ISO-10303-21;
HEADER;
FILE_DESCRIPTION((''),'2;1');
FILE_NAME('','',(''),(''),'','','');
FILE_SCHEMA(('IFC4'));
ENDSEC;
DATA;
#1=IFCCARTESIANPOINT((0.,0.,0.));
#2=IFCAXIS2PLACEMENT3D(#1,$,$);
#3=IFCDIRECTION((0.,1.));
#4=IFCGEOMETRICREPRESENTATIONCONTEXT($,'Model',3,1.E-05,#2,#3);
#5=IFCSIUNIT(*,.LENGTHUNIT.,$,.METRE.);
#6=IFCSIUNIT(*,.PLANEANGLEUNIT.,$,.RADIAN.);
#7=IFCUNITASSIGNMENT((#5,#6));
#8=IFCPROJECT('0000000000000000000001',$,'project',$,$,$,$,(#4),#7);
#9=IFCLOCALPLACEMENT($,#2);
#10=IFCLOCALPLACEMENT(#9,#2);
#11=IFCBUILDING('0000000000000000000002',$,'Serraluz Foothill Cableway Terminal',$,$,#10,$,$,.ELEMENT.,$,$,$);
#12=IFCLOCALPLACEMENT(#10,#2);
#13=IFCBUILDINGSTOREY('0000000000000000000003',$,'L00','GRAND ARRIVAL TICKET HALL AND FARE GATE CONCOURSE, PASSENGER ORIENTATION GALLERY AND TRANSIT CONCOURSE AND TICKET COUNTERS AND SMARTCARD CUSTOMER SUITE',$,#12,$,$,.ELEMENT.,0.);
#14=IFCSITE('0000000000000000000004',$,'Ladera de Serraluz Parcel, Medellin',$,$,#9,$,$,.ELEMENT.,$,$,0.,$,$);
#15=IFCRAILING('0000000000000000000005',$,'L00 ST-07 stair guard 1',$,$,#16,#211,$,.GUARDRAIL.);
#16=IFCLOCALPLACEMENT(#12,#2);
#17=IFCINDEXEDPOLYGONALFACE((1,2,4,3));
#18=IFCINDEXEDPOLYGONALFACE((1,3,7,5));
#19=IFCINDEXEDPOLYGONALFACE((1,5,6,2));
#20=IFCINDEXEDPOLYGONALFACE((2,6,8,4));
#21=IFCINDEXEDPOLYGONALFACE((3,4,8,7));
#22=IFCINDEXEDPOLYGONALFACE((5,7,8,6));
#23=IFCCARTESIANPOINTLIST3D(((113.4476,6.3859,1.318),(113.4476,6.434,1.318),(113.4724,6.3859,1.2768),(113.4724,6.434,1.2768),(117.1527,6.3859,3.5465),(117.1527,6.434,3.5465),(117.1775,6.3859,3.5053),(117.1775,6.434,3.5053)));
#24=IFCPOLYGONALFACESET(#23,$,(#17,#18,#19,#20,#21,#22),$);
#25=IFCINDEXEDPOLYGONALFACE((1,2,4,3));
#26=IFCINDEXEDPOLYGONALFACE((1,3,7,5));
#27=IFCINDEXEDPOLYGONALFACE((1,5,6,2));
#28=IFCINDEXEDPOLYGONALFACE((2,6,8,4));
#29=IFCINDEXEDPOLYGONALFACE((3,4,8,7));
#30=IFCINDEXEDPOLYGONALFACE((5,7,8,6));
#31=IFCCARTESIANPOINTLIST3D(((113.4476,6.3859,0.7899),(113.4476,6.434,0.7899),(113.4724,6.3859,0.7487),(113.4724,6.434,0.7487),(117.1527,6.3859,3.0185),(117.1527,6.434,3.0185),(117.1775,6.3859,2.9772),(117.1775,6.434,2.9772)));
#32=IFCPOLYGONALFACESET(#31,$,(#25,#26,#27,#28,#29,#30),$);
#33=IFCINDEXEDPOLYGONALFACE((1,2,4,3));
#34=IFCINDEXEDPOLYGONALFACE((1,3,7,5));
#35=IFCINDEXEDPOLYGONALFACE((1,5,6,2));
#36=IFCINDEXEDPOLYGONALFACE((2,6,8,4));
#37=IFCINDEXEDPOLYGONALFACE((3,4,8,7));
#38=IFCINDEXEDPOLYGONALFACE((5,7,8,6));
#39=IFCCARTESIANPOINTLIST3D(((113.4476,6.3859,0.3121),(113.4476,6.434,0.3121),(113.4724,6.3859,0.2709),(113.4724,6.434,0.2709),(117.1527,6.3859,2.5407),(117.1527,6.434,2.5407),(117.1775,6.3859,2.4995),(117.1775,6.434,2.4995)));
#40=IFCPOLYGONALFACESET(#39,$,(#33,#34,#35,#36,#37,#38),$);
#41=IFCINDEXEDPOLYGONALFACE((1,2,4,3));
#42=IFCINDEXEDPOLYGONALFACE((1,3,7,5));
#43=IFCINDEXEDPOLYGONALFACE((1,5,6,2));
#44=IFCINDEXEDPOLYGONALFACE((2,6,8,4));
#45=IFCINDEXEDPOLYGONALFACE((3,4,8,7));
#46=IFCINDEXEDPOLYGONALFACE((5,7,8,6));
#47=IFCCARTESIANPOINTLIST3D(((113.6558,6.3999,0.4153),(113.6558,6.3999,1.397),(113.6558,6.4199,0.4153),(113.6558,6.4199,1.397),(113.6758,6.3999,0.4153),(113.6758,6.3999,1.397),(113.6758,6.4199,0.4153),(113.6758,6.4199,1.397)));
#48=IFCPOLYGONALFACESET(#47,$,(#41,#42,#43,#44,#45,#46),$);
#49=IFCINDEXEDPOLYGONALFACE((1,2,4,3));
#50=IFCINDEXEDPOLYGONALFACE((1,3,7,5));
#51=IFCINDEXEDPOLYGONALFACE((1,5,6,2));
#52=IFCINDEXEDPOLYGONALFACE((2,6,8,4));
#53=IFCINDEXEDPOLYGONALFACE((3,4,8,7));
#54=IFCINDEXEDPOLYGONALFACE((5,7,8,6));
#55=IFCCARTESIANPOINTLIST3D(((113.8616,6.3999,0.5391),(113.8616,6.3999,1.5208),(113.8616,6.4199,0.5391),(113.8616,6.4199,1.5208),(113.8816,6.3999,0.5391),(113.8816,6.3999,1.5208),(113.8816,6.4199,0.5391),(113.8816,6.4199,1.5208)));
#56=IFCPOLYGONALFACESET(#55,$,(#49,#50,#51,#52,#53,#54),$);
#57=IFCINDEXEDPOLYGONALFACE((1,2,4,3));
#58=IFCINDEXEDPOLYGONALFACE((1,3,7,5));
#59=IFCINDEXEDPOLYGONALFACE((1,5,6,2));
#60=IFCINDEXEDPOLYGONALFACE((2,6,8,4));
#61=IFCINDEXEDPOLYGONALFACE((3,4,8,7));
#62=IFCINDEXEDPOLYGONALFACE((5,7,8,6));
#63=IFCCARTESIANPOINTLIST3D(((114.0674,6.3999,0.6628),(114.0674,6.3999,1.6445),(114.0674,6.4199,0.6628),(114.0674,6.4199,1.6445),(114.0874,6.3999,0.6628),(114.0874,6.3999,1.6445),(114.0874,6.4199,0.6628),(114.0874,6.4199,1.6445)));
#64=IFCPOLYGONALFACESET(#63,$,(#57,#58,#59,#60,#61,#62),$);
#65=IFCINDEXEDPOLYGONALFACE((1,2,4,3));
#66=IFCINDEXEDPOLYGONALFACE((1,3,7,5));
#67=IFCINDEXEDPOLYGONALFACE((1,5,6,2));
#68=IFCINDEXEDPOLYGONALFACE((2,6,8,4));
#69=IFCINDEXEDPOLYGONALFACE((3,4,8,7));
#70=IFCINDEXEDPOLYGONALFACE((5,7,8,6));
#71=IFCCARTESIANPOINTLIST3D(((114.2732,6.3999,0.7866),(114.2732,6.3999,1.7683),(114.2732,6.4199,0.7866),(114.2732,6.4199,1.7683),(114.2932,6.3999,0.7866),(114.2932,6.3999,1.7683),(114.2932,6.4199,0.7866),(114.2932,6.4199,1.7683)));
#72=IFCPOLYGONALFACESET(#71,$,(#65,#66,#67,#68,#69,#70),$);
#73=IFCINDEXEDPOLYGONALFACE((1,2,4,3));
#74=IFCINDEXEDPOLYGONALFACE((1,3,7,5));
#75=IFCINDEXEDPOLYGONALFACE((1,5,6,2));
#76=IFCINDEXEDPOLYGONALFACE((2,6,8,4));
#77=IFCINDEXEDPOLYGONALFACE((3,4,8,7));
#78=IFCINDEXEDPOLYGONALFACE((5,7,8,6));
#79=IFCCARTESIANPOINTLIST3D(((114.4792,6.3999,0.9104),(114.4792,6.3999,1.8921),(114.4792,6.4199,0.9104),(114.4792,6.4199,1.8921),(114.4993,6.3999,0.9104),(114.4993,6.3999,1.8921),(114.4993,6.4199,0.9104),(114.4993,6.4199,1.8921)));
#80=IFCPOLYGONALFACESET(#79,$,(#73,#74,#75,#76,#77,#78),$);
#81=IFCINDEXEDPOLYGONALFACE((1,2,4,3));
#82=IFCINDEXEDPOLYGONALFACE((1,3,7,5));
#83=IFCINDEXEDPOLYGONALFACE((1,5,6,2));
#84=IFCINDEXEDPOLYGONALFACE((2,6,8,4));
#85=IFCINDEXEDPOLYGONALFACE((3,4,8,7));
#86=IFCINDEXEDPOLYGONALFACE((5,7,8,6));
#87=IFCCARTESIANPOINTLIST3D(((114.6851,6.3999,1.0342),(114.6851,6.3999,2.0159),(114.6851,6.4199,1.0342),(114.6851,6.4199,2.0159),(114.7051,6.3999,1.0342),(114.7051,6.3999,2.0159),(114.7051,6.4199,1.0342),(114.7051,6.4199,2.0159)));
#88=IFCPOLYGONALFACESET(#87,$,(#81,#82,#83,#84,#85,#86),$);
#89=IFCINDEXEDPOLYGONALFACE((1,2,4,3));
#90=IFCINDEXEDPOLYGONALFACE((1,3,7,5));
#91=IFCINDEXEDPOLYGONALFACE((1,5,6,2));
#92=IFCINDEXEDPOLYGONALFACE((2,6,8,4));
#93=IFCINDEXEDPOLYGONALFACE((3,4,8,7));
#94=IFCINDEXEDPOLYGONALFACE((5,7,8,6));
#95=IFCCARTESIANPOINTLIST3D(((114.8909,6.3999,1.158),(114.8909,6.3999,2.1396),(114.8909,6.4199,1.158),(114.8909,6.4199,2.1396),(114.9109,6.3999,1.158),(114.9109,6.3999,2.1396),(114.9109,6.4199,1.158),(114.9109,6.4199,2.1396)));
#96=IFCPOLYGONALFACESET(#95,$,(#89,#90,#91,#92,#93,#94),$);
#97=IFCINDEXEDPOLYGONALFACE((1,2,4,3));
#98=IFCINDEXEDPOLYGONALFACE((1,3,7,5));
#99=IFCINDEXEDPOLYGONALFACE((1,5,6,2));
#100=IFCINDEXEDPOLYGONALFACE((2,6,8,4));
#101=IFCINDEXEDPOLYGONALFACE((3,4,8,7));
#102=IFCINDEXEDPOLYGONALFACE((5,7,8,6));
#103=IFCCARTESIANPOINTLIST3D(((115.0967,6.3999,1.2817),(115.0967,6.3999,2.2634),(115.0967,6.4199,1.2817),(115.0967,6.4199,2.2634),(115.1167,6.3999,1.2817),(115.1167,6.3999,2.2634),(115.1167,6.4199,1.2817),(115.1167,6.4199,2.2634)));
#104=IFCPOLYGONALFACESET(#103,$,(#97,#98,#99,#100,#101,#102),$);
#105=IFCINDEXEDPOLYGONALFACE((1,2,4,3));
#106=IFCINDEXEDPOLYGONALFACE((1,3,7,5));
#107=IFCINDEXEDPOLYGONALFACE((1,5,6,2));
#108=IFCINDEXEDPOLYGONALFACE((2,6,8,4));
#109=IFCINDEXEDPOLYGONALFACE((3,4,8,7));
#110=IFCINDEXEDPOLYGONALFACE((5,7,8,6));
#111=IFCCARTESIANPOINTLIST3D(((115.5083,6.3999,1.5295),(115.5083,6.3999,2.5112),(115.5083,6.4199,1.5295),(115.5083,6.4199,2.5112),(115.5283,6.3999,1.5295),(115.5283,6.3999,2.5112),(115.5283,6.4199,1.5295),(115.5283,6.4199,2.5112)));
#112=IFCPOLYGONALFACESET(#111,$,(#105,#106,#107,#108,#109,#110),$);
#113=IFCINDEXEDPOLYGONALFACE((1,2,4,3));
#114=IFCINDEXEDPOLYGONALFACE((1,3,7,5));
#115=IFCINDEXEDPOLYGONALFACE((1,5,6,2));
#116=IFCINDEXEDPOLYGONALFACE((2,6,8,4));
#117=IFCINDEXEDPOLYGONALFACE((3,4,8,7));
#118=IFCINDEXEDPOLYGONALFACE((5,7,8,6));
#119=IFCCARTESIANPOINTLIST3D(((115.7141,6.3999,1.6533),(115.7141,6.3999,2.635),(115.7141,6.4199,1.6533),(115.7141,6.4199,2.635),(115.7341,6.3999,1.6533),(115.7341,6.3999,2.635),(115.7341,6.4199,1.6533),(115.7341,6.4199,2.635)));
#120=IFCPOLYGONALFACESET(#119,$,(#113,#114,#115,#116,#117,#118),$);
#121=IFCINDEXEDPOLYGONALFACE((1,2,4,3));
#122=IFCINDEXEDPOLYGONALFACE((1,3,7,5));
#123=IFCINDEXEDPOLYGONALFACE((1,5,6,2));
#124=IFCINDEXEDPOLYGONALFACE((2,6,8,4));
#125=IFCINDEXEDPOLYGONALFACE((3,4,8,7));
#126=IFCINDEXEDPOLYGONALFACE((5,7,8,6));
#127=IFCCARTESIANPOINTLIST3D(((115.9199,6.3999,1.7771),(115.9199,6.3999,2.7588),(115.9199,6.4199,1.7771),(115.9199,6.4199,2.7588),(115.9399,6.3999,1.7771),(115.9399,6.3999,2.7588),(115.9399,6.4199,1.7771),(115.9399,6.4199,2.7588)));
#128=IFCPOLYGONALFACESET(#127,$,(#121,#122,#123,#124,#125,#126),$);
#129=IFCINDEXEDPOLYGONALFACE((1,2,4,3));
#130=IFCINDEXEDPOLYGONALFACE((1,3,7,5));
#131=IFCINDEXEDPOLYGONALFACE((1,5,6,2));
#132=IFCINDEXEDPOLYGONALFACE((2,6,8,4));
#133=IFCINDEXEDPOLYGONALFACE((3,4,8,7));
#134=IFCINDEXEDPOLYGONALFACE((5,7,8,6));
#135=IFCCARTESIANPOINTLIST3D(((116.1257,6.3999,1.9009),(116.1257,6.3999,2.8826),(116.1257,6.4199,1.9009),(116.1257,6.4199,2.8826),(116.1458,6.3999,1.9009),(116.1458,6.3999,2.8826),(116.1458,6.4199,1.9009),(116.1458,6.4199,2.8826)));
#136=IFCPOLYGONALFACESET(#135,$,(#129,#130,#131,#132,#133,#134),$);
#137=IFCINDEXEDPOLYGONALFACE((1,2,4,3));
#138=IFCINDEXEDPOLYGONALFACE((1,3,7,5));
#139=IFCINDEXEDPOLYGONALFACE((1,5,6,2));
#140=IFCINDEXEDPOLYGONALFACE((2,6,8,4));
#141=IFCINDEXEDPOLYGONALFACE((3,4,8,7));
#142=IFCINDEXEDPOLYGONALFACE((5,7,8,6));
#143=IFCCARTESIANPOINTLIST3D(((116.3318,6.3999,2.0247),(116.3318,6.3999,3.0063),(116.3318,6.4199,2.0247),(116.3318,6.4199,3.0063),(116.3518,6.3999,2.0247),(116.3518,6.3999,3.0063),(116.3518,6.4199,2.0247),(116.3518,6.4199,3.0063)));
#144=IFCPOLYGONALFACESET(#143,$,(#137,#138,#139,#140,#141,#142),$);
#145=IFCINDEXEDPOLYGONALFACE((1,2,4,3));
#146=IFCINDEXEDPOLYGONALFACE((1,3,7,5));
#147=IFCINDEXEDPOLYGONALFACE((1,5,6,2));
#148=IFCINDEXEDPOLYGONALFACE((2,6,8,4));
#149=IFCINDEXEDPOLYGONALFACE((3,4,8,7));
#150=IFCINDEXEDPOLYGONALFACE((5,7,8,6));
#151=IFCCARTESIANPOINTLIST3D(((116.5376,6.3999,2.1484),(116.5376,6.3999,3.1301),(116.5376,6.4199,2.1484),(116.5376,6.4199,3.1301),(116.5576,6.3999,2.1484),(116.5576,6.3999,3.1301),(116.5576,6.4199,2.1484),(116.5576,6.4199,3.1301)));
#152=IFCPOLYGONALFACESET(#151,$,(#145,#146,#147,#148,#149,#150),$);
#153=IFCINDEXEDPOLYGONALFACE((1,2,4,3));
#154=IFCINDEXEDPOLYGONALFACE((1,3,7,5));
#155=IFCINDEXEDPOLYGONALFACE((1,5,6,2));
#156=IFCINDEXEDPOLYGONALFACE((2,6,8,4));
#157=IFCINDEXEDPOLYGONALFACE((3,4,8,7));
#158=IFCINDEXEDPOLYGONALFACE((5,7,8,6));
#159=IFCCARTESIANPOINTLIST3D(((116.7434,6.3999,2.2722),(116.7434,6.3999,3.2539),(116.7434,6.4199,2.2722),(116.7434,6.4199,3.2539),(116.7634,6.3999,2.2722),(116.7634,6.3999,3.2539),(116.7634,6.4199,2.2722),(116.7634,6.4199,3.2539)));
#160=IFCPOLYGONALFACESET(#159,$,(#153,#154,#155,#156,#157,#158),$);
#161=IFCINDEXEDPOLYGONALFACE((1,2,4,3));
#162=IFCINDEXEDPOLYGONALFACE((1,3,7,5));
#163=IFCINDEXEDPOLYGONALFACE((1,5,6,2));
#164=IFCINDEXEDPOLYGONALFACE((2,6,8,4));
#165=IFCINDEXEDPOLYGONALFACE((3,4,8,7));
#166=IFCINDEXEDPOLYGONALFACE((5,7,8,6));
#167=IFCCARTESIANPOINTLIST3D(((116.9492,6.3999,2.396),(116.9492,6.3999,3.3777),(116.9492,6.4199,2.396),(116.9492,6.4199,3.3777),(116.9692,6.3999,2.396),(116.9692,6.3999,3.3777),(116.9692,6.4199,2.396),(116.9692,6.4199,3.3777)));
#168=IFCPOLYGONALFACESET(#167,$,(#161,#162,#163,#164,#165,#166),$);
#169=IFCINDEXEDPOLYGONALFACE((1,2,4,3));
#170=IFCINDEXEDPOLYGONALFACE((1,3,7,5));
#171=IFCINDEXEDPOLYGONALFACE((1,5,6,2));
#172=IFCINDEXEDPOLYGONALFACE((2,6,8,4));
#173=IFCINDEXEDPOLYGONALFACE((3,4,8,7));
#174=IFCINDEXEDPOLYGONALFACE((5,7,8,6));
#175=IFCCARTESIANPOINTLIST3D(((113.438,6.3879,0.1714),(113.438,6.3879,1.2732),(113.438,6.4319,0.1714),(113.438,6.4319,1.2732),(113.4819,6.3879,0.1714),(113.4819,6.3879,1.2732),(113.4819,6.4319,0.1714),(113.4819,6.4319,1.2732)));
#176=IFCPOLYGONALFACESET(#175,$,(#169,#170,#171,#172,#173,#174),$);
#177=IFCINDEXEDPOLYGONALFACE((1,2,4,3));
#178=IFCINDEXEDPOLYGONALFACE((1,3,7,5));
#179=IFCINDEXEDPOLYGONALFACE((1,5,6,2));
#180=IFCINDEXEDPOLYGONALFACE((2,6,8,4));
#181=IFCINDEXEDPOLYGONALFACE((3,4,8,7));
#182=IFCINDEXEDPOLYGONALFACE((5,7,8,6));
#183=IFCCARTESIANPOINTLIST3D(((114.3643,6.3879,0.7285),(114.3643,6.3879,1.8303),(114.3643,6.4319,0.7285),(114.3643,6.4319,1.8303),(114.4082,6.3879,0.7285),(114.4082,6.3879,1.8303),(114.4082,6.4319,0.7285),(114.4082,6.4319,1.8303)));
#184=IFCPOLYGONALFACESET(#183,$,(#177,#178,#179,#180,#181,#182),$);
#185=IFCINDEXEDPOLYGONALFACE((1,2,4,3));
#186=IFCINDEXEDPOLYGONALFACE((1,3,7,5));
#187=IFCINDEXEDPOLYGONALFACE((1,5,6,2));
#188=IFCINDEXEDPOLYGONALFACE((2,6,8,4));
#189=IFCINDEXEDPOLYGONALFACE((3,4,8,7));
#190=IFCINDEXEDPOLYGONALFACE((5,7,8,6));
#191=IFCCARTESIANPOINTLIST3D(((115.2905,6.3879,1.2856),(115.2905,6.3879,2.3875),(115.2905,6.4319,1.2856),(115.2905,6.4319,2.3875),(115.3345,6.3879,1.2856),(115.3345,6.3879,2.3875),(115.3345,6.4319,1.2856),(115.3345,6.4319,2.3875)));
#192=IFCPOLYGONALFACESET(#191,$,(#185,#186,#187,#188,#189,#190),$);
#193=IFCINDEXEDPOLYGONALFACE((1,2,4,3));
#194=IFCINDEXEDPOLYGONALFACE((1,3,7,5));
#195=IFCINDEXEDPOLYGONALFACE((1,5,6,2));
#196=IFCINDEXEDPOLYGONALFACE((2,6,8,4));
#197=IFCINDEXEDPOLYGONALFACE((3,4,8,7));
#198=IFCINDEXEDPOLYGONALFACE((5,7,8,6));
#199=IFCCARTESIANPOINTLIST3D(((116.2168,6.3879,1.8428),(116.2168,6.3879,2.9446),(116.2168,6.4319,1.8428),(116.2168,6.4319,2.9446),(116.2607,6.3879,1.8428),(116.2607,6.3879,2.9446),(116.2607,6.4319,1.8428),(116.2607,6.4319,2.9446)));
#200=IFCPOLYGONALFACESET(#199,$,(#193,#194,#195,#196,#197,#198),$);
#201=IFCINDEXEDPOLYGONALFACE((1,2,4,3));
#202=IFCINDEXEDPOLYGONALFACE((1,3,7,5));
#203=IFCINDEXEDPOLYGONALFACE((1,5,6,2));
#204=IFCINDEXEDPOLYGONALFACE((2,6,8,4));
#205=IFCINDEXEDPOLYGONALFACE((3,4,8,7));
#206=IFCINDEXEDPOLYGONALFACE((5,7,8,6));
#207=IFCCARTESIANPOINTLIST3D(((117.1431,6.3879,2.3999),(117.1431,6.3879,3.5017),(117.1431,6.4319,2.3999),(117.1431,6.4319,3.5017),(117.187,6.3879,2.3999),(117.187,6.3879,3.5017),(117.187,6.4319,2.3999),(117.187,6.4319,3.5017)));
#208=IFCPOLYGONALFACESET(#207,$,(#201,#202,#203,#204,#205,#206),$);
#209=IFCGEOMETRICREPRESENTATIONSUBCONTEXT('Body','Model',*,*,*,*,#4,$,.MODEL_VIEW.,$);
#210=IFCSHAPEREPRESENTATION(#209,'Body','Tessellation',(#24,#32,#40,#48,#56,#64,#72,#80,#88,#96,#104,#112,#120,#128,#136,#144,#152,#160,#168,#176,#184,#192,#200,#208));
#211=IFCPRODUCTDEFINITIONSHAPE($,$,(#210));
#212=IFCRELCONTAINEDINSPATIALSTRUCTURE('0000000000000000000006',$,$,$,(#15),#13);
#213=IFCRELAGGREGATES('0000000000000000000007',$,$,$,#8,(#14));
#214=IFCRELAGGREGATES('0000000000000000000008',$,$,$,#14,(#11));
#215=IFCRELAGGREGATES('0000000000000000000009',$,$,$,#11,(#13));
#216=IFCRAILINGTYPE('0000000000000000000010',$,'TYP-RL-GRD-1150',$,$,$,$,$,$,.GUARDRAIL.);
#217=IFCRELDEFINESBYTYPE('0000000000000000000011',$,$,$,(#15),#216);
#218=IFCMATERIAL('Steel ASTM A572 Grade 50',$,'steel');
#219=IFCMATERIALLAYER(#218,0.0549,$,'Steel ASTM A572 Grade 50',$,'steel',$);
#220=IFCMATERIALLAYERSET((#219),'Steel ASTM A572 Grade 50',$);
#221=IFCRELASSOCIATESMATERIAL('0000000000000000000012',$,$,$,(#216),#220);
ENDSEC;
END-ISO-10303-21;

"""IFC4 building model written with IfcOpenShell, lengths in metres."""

from ifc_helpers import new_model, si_unit, direction, frame, origin, origin_2d, place, context, subcontext, project, spatial, rectangle, extrude, material, layer, layer_set, type_object, element, save


model = new_model("IFC4")

# Units and contexts
model_context = context("Model", 3, precision=1e-05, world=origin(), true_north=direction((0.0, 1.0)))
body_context = subcontext(model_context, "Body", "Model", "MODEL_VIEW")
ifc_project = project(units=[si_unit("LENGTHUNIT", "METRE"), si_unit("PLANEANGLEUNIT", "RADIAN")], contexts=[model_context])

# Site, building, storey
site_placement = place(None, origin())
site = spatial("IfcSite", under=ifc_project, at=site_placement, Name="Ladera de Serraluz Parcel, Medellin", CompositionType="ELEMENT", RefElevation=0.0)
building_placement = place(site_placement, origin())
building = spatial("IfcBuilding", under=site, at=building_placement, Name="Serraluz Foothill Cableway Terminal", CompositionType="ELEMENT")
storey_placement = place(building_placement, origin())
storey = spatial("IfcBuildingStorey", under=building, at=storey_placement, Name="L00", Description="GRAND ARRIVAL TICKET HALL AND FARE GATE CONCOURSE, PASSENGER ORIENTATION GALLERY AND TRANSIT CONCOURSE AND TICKET COUNTERS AND SMARTCARD CUSTOMER SUITE", CompositionType="ELEMENT", Elevation=0.0)

# Railing
ifc_material_1 = material(Name="Steel ASTM A572 Grade 50", Category="steel")
ifc_layer_1 = layer(ifc_material_1, 0.0549, Name="Steel ASTM A572 Grade 50", Category="steel")
ifc_layer_set_1 = layer_set([ifc_layer_1], Name="Steel ASTM A572 Grade 50")
railing_type_1 = type_object("IfcRailingType", Name="TYP-RL-GRD-1150", PredefinedType="GUARDRAIL", material=ifc_layer_set_1)
railing_1_placement = place(storey_placement, frame((113.46, 6.4099, 0.1714)))
element("IfcRailing", 1, at=railing_1_placement, inside=storey, type_object=railing_type_1, Name="L00 ST-07 stair guard 1", PredefinedType="GUARDRAIL", context=body_context, shape_type="SweptSolid", body=[
    extrude(rectangle(XDim=0.0481, YDim=0.0481, at=origin_2d()), frame((0.0, 0.0, 1.126), z_axis=(0.856934, 0.0, 0.515425), x_axis=(0.0, 1.0, 0.0)), (0.0, 0.0, 1.0), 4.3237),
    extrude(rectangle(XDim=0.0481, YDim=0.0481, at=origin_2d()), frame((0.0, 0.0, 0.5979), z_axis=(0.856934, 0.0, 0.515425), x_axis=(0.0, 1.0, 0.0)), (0.0, 0.0, 1.0), 4.3237),
    extrude(rectangle(XDim=0.0481, YDim=0.0481, at=origin_2d()), frame((0.0, 0.0, 0.1201), z_axis=(0.856934, 0.0, 0.515425), x_axis=(0.0, 1.0, 0.0)), (0.0, 0.0, 1.0), 4.3237),
    extrude(rectangle(XDim=0.02, YDim=0.02, at=origin_2d()), frame((0.2058, 0.0, 0.2439)), (0.0, 0.0, 1.0), 0.9817),
    extrude(rectangle(XDim=0.02, YDim=0.02, at=origin_2d()), frame((0.4116, 0.0, 0.3677)), (0.0, 0.0, 1.0), 0.9817),
    extrude(rectangle(XDim=0.02, YDim=0.02, at=origin_2d()), frame((0.6174, 0.0, 0.4915)), (0.0, 0.0, 1.0), 0.9817),
    extrude(rectangle(XDim=0.02, YDim=0.02, at=origin_2d()), frame((0.8232, 0.0, 0.6152)), (0.0, 0.0, 1.0), 0.9817),
    extrude(rectangle(XDim=0.02, YDim=0.02, at=origin_2d()), frame((1.0293, 0.0, 0.739)), (0.0, 0.0, 1.0), 0.9817),
    extrude(rectangle(XDim=0.02, YDim=0.02, at=origin_2d()), frame((1.2351, 0.0, 0.8628)), (0.0, 0.0, 1.0), 0.9817),
    extrude(rectangle(XDim=0.02, YDim=0.02, at=origin_2d()), frame((1.4409, 0.0, 0.9866)), (0.0, 0.0, 1.0), 0.9817),
    extrude(rectangle(XDim=0.02, YDim=0.02, at=origin_2d()), frame((1.6467, 0.0, 1.1104)), (0.0, 0.0, 1.0), 0.9817),
    extrude(rectangle(XDim=0.02, YDim=0.02, at=origin_2d()), frame((2.0583, 0.0, 1.3582)), (0.0, 0.0, 1.0), 0.9817),
    extrude(rectangle(XDim=0.02, YDim=0.02, at=origin_2d()), frame((2.2642, 0.0, 1.4819)), (0.0, 0.0, 1.0), 0.9817),
    extrude(rectangle(XDim=0.02, YDim=0.02, at=origin_2d()), frame((2.47, 0.0, 1.6057)), (0.0, 0.0, 1.0), 0.9817),
    extrude(rectangle(XDim=0.02, YDim=0.02, at=origin_2d()), frame((2.6758, 0.0, 1.7295)), (0.0, 0.0, 1.0), 0.9817),
    extrude(rectangle(XDim=0.02, YDim=0.02, at=origin_2d()), frame((2.8818, 0.0, 1.8533)), (0.0, 0.0, 1.0), 0.9817),
    extrude(rectangle(XDim=0.02, YDim=0.02, at=origin_2d()), frame((3.0876, 0.0, 1.9771)), (0.0, 0.0, 1.0), 0.9817),
    extrude(rectangle(XDim=0.02, YDim=0.02, at=origin_2d()), frame((3.2935, 0.0, 2.1008)), (0.0, 0.0, 1.0), 0.9817),
    extrude(rectangle(XDim=0.02, YDim=0.02, at=origin_2d()), frame((3.4993, 0.0, 2.2246)), (0.0, 0.0, 1.0), 0.9817),
    extrude(rectangle(XDim=0.0439, YDim=0.0439, at=origin_2d()), origin(), (0.0, 0.0, 1.0), 1.1018),
    extrude(rectangle(XDim=0.0439, YDim=0.0439, at=origin_2d()), frame((0.9263, 0.0, 0.5571)), (0.0, 0.0, 1.0), 1.1018),
    extrude(rectangle(XDim=0.0439, YDim=0.0439, at=origin_2d()), frame((1.8525, 0.0, 1.1143)), (0.0, 0.0, 1.0), 1.1018),
    extrude(rectangle(XDim=0.0439, YDim=0.0439, at=origin_2d()), frame((2.7788, 0.0, 1.6714)), (0.0, 0.0, 1.0), 1.1018),
    extrude(rectangle(XDim=0.0439, YDim=0.0439, at=origin_2d()), frame((3.7051, 0.0, 2.2285)), (0.0, 0.0, 1.0), 1.1018),
])

save(model, "model.ifc")
